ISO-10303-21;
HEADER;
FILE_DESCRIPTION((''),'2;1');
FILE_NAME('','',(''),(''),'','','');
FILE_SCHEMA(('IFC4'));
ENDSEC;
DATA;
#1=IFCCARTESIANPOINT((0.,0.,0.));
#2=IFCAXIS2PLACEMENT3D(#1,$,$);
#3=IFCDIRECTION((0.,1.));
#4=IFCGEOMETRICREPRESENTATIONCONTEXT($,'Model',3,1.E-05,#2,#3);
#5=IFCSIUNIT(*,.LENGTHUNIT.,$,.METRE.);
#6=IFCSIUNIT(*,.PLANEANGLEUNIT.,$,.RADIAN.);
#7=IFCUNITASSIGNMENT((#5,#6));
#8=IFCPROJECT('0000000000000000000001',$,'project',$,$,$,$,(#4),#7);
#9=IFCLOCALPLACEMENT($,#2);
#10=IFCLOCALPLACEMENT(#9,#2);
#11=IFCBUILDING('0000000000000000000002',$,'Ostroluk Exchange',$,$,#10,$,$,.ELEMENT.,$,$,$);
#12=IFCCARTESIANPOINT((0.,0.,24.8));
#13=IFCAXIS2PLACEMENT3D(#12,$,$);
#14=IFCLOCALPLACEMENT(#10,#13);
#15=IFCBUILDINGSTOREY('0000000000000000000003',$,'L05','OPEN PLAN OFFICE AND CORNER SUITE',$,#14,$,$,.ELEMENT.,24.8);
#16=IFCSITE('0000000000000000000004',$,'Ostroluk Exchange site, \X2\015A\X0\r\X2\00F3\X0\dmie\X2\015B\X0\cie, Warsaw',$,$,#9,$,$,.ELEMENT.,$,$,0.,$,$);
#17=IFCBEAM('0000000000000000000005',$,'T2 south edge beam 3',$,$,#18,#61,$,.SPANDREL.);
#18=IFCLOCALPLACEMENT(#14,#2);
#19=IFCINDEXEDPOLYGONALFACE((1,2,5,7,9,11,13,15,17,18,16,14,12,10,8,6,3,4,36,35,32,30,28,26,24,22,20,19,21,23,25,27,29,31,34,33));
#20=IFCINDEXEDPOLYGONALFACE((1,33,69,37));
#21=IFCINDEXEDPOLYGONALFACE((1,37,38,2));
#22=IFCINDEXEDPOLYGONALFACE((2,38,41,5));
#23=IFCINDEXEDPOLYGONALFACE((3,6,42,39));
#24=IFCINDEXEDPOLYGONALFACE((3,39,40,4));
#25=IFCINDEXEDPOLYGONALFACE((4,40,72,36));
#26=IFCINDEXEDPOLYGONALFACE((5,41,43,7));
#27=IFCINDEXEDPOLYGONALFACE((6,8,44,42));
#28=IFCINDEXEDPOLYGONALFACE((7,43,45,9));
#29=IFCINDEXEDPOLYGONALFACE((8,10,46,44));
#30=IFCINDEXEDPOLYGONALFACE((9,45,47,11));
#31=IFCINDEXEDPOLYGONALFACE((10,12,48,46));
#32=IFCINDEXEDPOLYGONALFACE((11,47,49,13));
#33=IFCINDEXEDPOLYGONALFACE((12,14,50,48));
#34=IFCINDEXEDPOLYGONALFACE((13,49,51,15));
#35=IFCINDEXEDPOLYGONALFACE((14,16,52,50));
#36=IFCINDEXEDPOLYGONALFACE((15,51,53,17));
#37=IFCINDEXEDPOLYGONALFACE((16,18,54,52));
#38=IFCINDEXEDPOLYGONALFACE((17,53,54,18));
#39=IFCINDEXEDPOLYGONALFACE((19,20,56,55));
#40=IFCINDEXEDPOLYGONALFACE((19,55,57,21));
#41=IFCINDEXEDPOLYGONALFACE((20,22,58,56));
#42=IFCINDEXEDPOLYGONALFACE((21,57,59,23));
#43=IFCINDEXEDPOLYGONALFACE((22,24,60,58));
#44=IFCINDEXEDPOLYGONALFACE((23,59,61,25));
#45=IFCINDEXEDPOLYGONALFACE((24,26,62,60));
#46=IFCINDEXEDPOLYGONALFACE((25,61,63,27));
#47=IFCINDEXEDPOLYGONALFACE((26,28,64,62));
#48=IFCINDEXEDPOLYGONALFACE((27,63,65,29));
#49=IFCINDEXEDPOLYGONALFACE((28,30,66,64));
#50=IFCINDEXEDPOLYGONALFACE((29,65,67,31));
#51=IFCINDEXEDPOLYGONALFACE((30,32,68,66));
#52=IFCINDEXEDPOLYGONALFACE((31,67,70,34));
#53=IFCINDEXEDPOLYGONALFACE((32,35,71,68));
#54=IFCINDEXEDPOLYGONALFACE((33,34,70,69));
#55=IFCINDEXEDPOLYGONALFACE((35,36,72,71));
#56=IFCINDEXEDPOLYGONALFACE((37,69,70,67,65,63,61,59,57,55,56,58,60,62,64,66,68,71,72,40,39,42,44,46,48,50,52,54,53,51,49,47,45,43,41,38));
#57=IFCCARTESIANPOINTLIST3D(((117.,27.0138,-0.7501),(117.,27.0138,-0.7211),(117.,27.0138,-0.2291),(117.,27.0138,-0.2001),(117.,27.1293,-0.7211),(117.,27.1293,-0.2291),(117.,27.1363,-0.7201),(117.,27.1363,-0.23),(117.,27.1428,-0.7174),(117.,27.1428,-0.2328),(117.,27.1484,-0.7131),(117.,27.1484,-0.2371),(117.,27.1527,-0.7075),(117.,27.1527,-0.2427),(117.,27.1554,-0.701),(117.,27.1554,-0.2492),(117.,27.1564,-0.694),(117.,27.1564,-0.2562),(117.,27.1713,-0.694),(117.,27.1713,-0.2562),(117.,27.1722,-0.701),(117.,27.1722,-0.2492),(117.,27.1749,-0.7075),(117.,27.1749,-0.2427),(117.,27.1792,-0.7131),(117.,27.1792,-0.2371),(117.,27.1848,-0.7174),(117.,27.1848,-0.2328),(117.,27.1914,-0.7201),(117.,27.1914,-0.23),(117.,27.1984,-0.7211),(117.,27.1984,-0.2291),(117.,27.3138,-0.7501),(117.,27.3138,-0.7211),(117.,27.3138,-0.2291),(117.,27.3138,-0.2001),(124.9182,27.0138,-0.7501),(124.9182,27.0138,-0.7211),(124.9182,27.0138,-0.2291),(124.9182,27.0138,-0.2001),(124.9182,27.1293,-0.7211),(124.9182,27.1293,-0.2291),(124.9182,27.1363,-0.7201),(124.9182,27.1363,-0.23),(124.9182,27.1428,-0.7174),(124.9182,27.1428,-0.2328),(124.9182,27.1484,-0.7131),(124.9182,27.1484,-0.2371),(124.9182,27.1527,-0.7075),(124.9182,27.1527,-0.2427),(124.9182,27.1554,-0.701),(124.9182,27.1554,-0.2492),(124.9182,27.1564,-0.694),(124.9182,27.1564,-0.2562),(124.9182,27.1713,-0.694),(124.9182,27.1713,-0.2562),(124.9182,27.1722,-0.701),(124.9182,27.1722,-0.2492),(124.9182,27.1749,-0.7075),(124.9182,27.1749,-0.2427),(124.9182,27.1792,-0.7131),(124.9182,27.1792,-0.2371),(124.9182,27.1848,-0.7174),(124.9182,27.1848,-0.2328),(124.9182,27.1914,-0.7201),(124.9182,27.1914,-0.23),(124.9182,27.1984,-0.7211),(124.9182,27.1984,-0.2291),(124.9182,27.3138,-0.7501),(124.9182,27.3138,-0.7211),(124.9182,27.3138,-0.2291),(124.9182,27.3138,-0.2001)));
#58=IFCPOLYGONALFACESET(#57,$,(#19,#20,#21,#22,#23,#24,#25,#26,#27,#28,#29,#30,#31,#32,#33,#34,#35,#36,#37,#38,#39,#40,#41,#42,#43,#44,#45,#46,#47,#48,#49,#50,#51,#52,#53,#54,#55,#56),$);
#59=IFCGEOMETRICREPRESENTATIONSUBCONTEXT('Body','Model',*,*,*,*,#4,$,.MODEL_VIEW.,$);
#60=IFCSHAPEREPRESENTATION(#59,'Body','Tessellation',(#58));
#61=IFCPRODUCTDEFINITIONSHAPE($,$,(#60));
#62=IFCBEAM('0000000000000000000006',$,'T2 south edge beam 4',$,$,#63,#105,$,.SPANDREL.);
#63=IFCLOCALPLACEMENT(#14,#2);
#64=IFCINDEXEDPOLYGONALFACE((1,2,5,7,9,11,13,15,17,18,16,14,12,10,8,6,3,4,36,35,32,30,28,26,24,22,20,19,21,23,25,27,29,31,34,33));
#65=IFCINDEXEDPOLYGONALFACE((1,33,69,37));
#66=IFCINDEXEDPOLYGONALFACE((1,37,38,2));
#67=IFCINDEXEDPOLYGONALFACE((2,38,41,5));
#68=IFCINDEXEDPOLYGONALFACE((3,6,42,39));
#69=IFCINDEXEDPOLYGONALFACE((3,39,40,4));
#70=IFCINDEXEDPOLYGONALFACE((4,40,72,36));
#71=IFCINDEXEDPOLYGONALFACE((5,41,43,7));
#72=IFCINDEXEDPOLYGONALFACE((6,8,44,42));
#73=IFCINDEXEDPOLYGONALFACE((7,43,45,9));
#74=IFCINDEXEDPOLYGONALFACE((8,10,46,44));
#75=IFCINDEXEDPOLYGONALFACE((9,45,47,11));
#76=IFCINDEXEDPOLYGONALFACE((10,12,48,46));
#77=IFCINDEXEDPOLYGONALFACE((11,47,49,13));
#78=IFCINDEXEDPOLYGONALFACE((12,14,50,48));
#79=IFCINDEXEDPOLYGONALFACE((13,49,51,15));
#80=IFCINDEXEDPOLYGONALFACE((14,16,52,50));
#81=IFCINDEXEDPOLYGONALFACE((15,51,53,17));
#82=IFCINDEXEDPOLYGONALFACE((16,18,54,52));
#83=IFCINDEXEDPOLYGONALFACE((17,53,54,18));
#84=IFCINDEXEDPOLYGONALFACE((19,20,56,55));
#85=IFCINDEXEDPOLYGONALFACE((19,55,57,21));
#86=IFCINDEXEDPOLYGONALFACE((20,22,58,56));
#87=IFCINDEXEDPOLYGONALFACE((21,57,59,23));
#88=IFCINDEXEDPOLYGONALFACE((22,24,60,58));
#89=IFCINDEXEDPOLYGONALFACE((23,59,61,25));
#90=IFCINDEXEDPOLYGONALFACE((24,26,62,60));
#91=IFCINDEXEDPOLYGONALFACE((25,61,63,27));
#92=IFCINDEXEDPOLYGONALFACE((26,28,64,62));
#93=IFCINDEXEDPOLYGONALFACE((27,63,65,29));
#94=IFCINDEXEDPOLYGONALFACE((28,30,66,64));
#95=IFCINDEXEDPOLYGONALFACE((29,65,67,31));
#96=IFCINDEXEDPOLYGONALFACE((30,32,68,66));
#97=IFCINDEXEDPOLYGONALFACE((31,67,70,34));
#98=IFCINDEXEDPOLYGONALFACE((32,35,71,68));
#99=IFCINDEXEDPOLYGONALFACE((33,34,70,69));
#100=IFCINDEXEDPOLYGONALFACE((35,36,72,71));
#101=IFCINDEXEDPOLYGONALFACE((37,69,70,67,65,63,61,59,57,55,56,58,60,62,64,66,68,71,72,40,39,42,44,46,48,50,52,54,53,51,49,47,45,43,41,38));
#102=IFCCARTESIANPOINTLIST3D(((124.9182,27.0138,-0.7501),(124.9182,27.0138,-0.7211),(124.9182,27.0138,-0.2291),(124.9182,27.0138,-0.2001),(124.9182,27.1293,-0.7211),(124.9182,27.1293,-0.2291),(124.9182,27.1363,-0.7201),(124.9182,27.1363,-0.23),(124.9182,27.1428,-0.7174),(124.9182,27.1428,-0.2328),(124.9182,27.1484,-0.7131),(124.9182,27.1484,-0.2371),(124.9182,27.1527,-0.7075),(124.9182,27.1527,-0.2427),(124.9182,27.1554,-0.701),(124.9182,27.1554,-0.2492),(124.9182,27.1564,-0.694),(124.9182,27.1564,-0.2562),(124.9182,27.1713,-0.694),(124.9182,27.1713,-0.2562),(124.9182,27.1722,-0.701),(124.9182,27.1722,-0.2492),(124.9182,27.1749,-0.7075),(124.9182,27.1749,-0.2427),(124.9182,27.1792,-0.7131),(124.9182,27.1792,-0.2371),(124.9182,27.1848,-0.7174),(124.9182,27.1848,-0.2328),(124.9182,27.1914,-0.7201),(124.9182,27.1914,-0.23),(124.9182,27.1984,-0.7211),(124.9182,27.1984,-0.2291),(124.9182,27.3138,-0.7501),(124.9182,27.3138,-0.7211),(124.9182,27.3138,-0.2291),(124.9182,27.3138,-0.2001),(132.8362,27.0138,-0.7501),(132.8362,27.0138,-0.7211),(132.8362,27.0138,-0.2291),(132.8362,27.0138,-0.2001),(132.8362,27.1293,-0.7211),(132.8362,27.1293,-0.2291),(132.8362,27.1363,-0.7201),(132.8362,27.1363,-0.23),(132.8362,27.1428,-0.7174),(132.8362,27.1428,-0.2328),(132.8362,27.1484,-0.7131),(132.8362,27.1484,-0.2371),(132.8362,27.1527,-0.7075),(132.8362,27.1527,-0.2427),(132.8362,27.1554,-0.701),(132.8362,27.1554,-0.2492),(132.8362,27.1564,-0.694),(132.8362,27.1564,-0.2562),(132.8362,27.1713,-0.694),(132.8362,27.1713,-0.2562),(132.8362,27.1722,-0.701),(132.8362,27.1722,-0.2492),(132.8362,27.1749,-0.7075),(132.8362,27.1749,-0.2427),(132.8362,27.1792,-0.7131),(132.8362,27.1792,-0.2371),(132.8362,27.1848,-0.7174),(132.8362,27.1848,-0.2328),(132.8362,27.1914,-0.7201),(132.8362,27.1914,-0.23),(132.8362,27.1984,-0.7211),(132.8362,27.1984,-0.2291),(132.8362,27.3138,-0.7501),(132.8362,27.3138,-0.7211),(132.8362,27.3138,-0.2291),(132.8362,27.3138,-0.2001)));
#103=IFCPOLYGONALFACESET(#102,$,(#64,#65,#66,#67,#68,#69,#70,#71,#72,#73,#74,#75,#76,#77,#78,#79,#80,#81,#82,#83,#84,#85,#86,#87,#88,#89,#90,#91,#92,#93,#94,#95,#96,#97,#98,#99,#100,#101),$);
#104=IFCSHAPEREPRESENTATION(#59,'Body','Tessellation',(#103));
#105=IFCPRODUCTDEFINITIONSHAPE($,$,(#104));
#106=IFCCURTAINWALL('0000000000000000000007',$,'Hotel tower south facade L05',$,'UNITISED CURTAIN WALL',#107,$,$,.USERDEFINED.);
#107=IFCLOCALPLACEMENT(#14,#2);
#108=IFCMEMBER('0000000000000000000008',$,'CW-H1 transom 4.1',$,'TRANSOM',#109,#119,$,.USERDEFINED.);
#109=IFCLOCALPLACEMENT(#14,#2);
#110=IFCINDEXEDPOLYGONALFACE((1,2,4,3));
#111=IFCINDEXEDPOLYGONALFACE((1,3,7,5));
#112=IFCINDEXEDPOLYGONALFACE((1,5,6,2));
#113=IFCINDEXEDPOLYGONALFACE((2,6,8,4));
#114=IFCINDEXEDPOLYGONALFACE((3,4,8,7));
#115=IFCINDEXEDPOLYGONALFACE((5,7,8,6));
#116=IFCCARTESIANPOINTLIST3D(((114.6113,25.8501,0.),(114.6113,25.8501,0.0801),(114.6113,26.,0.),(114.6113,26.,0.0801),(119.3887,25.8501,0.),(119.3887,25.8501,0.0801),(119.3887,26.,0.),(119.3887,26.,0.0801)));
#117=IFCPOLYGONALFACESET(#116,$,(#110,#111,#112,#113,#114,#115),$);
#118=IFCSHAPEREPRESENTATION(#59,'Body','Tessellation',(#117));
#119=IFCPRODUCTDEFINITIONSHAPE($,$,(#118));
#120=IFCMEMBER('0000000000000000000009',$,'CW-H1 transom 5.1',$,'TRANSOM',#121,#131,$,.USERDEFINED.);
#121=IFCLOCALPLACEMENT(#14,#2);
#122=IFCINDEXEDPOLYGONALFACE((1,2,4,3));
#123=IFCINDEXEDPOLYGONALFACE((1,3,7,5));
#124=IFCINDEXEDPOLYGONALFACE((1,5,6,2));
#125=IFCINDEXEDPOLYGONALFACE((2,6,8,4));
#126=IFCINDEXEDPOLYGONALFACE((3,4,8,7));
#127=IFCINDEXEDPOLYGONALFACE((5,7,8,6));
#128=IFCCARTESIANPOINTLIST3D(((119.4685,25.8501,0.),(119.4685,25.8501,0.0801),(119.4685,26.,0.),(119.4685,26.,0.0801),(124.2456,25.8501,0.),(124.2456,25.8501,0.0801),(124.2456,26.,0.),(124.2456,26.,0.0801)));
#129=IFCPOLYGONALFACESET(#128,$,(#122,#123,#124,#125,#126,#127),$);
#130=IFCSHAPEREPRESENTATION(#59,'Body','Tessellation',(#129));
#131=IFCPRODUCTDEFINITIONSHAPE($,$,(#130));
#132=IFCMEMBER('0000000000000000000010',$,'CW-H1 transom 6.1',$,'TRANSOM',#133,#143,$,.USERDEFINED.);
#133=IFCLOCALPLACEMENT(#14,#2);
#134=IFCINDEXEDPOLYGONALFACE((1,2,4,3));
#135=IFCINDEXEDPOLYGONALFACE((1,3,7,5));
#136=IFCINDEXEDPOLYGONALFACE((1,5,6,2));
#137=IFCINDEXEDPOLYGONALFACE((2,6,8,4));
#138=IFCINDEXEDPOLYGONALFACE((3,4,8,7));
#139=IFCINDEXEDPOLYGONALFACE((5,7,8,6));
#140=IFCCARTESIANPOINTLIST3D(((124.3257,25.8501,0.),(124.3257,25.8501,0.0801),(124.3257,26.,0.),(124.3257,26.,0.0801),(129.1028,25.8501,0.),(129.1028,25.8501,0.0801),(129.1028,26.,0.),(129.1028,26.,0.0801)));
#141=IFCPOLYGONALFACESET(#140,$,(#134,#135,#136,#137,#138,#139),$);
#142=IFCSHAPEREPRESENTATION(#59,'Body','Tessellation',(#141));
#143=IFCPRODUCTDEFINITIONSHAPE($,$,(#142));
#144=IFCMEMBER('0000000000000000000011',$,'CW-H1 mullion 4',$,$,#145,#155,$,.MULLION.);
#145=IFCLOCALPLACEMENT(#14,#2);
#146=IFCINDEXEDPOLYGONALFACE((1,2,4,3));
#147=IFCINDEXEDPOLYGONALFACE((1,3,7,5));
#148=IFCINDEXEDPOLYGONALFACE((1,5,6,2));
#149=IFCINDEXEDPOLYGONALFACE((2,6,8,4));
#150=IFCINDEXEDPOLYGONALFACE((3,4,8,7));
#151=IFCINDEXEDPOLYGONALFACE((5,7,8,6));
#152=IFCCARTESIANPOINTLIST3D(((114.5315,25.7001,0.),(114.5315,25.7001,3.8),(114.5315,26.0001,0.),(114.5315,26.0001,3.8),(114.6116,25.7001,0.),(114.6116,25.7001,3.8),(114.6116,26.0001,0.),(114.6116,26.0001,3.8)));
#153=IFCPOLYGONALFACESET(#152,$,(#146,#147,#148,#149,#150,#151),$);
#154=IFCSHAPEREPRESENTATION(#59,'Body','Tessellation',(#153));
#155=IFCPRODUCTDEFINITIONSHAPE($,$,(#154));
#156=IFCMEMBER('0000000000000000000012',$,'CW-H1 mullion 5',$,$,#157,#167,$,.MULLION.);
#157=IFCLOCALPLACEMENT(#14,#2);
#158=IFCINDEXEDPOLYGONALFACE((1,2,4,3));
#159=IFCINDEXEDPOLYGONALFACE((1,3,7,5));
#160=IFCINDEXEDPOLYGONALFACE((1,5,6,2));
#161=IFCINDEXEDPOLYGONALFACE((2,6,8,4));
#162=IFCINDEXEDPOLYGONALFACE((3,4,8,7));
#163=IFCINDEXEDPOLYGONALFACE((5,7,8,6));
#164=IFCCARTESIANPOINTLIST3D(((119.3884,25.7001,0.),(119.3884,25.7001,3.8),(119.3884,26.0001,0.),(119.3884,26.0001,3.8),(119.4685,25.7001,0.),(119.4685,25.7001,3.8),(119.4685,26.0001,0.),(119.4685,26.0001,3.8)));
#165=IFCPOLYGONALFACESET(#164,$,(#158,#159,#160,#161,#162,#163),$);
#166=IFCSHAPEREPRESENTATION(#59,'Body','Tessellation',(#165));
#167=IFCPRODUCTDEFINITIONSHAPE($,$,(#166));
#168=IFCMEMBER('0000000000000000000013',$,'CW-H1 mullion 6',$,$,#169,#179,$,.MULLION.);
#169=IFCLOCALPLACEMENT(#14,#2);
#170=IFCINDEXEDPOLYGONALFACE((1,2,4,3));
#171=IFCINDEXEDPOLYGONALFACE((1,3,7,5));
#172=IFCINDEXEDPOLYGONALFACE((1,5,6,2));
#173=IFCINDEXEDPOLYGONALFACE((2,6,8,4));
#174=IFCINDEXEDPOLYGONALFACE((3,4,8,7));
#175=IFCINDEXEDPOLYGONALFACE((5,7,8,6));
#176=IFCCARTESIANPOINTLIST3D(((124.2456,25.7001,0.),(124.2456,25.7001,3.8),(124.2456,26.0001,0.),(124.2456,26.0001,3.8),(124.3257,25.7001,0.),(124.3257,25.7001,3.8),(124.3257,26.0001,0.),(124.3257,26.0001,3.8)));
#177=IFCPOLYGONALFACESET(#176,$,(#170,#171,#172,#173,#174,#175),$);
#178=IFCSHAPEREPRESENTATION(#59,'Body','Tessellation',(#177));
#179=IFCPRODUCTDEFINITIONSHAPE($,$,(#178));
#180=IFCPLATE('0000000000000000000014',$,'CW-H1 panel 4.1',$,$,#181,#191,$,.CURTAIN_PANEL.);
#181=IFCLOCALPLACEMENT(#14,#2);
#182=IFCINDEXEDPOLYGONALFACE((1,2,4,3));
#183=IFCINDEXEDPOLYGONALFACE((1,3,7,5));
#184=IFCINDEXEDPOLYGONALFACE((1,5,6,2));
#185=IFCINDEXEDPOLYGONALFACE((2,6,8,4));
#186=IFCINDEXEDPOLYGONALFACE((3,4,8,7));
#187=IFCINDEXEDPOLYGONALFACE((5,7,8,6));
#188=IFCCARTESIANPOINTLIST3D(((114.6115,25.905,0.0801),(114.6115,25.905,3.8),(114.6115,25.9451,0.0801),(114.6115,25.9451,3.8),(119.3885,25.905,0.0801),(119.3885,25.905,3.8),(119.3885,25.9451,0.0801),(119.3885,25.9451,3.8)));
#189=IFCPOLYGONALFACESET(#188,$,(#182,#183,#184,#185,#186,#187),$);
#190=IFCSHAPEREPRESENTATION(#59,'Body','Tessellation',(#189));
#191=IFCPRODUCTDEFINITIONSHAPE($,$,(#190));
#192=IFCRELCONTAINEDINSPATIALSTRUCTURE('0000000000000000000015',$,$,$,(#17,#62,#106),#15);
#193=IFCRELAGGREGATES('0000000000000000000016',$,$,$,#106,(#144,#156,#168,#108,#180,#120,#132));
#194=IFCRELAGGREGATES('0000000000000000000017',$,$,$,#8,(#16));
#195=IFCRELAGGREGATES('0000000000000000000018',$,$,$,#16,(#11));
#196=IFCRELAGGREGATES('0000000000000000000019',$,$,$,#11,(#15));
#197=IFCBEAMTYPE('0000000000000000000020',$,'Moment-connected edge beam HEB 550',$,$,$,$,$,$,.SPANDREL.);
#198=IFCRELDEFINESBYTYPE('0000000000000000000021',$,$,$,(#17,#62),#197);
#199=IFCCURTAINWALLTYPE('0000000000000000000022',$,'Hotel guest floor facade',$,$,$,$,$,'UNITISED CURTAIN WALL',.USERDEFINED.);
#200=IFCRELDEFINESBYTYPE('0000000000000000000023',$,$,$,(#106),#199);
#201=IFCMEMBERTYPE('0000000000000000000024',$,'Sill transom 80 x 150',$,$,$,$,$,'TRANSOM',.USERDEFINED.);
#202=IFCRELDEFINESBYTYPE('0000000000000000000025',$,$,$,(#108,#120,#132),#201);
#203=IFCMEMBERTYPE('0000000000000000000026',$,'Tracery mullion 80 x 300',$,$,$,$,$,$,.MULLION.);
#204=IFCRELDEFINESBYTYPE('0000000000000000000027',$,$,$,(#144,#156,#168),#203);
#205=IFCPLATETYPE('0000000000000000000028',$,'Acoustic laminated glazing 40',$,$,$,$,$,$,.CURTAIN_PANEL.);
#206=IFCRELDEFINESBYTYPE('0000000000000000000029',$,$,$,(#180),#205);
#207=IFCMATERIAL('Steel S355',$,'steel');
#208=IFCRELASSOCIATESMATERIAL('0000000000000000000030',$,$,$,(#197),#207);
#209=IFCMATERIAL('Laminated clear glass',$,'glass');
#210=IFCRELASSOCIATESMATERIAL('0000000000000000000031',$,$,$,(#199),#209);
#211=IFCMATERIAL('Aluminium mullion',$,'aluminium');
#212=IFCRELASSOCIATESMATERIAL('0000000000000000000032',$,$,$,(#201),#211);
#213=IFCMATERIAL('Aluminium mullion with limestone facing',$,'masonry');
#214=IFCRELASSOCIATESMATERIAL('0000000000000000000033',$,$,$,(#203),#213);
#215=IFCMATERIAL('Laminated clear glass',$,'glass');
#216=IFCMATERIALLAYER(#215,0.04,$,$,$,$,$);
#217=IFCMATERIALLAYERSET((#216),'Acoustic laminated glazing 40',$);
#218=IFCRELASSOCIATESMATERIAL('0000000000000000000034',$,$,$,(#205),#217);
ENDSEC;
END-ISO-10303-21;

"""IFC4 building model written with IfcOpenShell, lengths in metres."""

from ifc_helpers import new_model, si_unit, direction, frame, origin, origin_2d, place, context, subcontext, project, spatial, rectangle, i_section, extrude, material, layer, layer_set, material_profile, profile_set, type_object, element, aggregate, save


model = new_model("IFC4")

# Units and contexts
model_context = context("Model", 3, precision=1e-05, world=origin(), true_north=direction((0.0, 1.0)))
body_context = subcontext(model_context, "Body", "Model", "MODEL_VIEW")
ifc_project = project(units=[si_unit("LENGTHUNIT", "METRE"), si_unit("PLANEANGLEUNIT", "RADIAN")], contexts=[model_context])

# Site, building, storey
site_placement = place(None, origin())
site = spatial("IfcSite", under=ifc_project, at=site_placement, Name="Ostroluk Exchange site, Śródmieście, Warsaw", CompositionType="ELEMENT", RefElevation=0.0)
building_placement = place(site_placement, origin())
building = spatial("IfcBuilding", under=site, at=building_placement, Name="Ostroluk Exchange", CompositionType="ELEMENT")
storey_placement = place(building_placement, frame((0.0, 0.0, 24.8)))
storey = spatial("IfcBuildingStorey", under=building, at=storey_placement, Name="L05", Description="OPEN PLAN OFFICE AND CORNER SUITE", CompositionType="ELEMENT", Elevation=24.8)

# Beams
ifc_material_1 = material(Name="Steel S355", Category="steel")
ifc_material_profile_1 = material_profile(ifc_material_1, i_section(OverallWidth=0.3, OverallDepth=0.55, WebThickness=0.0149, FlangeThickness=0.0291, FilletRadius=0.0271, at=origin_2d()), Name="HEB 550")
ifc_profile_set_1 = profile_set([ifc_material_profile_1], Name="Steel S355")
beam_type = type_object("IfcBeamType", Name="Moment-connected edge beam HEB 550", PredefinedType="SPANDREL", material=ifc_profile_set_1)
beam_1_placement = place(storey_placement, frame((117.0, 27.1638, -0.4751), z_axis=(1.0, 0.0, 0.0), x_axis=(0.0, 1.0, 0.0)))
element("IfcBeam", 1, at=beam_1_placement, inside=storey, type_object=beam_type, Name="T2 south edge beam 3", PredefinedType="SPANDREL", context=body_context, shape_type="SweptSolid", body=[
    extrude(i_section(OverallWidth=0.3, OverallDepth=0.55, WebThickness=0.0149, FlangeThickness=0.0291, FilletRadius=0.0271, at=origin_2d()), origin(), (0.0, 0.0, 1.0), 7.9182),
])
beam_2_placement = place(storey_placement, frame((124.9182, 27.1638, -0.4751), z_axis=(1.0, 0.0, 0.0), x_axis=(0.0, 1.0, 0.0)))
element("IfcBeam", 2, at=beam_2_placement, inside=storey, type_object=beam_type, Name="T2 south edge beam 4", PredefinedType="SPANDREL", context=body_context, shape_type="SweptSolid", body=[
    extrude(i_section(OverallWidth=0.3, OverallDepth=0.55, WebThickness=0.0149, FlangeThickness=0.0291, FilletRadius=0.0271, at=origin_2d()), origin(), (0.0, 0.0, 1.0), 7.918),
])

# Curtain wall, members, plate
ifc_material_2 = material(Name="Laminated clear glass", Category="glass")
curtain_wall_type = type_object("IfcCurtainWallType", Name="Hotel guest floor facade", ElementType="UNITISED CURTAIN WALL", PredefinedType="USERDEFINED", material=ifc_material_2)
curtain_wall_placement = place(storey_placement, origin())
curtain_wall = element("IfcCurtainWall", 3, at=curtain_wall_placement, inside=storey, type_object=curtain_wall_type, Name="Hotel tower south facade L05", ObjectType="UNITISED CURTAIN WALL", PredefinedType="USERDEFINED")
ifc_material_3 = material(Name="Aluminium mullion", Category="aluminium")
ifc_material_profile_2 = material_profile(ifc_material_3, rectangle(XDim=0.1499, YDim=0.0801, at=origin_2d()), Name="Sill transom 80 x 150")
ifc_profile_set_2 = profile_set([ifc_material_profile_2], Name="Aluminium mullion")
member_type_1 = type_object("IfcMemberType", Name="Sill transom 80 x 150", ElementType="TRANSOM", PredefinedType="USERDEFINED", material=ifc_profile_set_2)
member_1_placement = place(storey_placement, frame((114.6113, 25.925, 0.04), z_axis=(1.0, 0.0, 0.0), x_axis=(0.0, 1.0, 0.0)))
member_1 = element("IfcMember", 4, at=member_1_placement, type_object=member_type_1, Name="CW-H1 transom 4.1", ObjectType="TRANSOM", PredefinedType="USERDEFINED", context=body_context, shape_type="SweptSolid", body=[
    extrude(rectangle(XDim=0.1499, YDim=0.0801, at=origin_2d()), origin(), (0.0, 0.0, 1.0), 4.7773),
])
member_2_placement = place(storey_placement, frame((119.4685, 25.925, 0.04), z_axis=(1.0, 0.0, 0.0), x_axis=(0.0, 1.0, 0.0)))
member_2 = element("IfcMember", 5, at=member_2_placement, type_object=member_type_1, Name="CW-H1 transom 5.1", ObjectType="TRANSOM", PredefinedType="USERDEFINED", context=body_context, shape_type="SweptSolid", body=[
    extrude(rectangle(XDim=0.1499, YDim=0.0801, at=origin_2d()), origin(), (0.0, 0.0, 1.0), 4.7771),
])
member_3_placement = place(storey_placement, frame((124.3257, 25.925, 0.04), z_axis=(1.0, 0.0, 0.0), x_axis=(0.0, 1.0, 0.0)))
member_3 = element("IfcMember", 6, at=member_3_placement, type_object=member_type_1, Name="CW-H1 transom 6.1", ObjectType="TRANSOM", PredefinedType="USERDEFINED", context=body_context, shape_type="SweptSolid", body=[
    extrude(rectangle(XDim=0.1499, YDim=0.0801, at=origin_2d()), origin(), (0.0, 0.0, 1.0), 4.7771),
])
ifc_material_4 = material(Name="Aluminium mullion with limestone facing", Category="masonry")
ifc_material_profile_3 = material_profile(ifc_material_4, rectangle(XDim=0.3, YDim=0.0801, at=origin_2d()), Name="Tracery mullion 80 x 300")
ifc_profile_set_3 = profile_set([ifc_material_profile_3], Name="Aluminium mullion with limestone facing")
member_type_2 = type_object("IfcMemberType", Name="Tracery mullion 80 x 300", PredefinedType="MULLION", material=ifc_profile_set_3)
member_4_placement = place(storey_placement, frame((114.5715, 25.8501, 0.0), z_axis=(0.0, 0.0, 1.0), x_axis=(0.0, 1.0, 0.0)))
member_4 = element("IfcMember", 7, at=member_4_placement, type_object=member_type_2, Name="CW-H1 mullion 4", PredefinedType="MULLION", context=body_context, shape_type="SweptSolid", body=[
    extrude(rectangle(XDim=0.3, YDim=0.0801, at=origin_2d()), origin(), (0.0, 0.0, 1.0), 3.8),
])
member_5_placement = place(storey_placement, frame((119.4285, 25.8501, 0.0), z_axis=(0.0, 0.0, 1.0), x_axis=(0.0, 1.0, 0.0)))
member_5 = element("IfcMember", 8, at=member_5_placement, type_object=member_type_2, Name="CW-H1 mullion 5", PredefinedType="MULLION", context=body_context, shape_type="SweptSolid", body=[
    extrude(rectangle(XDim=0.3, YDim=0.0801, at=origin_2d()), origin(), (0.0, 0.0, 1.0), 3.8),
])
member_6_placement = place(storey_placement, frame((124.2856, 25.8501, 0.0), z_axis=(0.0, 0.0, 1.0), x_axis=(0.0, 1.0, 0.0)))
member_6 = element("IfcMember", 9, at=member_6_placement, type_object=member_type_2, Name="CW-H1 mullion 6", PredefinedType="MULLION", context=body_context, shape_type="SweptSolid", body=[
    extrude(rectangle(XDim=0.3, YDim=0.0801, at=origin_2d()), origin(), (0.0, 0.0, 1.0), 3.8),
])
ifc_material_5 = material(Name="Laminated clear glass", Category="glass")
ifc_layer_1 = layer(ifc_material_5, 0.04)
ifc_layer_set_1 = layer_set([ifc_layer_1], Name="Acoustic laminated glazing 40")
plate_type = type_object("IfcPlateType", Name="Acoustic laminated glazing 40", PredefinedType="CURTAIN_PANEL", material=ifc_layer_set_1)
plate_1_placement = place(storey_placement, frame((117.0, 25.925, 0.0801), z_axis=(0.0, 0.0, 1.0), x_axis=(1.0, 0.0, 0.0)))
plate_1 = element("IfcPlate", 10, at=plate_1_placement, type_object=plate_type, Name="CW-H1 panel 4.1", PredefinedType="CURTAIN_PANEL", context=body_context, shape_type="SweptSolid", body=[
    extrude(rectangle(XDim=4.7771, YDim=0.04, at=origin_2d()), origin(), (0.0, 0.0, 1.0), 3.72),
])
aggregate(curtain_wall, [member_4, member_5, member_6, member_1, plate_1, member_2, member_3])

save(model, "model.ifc")
